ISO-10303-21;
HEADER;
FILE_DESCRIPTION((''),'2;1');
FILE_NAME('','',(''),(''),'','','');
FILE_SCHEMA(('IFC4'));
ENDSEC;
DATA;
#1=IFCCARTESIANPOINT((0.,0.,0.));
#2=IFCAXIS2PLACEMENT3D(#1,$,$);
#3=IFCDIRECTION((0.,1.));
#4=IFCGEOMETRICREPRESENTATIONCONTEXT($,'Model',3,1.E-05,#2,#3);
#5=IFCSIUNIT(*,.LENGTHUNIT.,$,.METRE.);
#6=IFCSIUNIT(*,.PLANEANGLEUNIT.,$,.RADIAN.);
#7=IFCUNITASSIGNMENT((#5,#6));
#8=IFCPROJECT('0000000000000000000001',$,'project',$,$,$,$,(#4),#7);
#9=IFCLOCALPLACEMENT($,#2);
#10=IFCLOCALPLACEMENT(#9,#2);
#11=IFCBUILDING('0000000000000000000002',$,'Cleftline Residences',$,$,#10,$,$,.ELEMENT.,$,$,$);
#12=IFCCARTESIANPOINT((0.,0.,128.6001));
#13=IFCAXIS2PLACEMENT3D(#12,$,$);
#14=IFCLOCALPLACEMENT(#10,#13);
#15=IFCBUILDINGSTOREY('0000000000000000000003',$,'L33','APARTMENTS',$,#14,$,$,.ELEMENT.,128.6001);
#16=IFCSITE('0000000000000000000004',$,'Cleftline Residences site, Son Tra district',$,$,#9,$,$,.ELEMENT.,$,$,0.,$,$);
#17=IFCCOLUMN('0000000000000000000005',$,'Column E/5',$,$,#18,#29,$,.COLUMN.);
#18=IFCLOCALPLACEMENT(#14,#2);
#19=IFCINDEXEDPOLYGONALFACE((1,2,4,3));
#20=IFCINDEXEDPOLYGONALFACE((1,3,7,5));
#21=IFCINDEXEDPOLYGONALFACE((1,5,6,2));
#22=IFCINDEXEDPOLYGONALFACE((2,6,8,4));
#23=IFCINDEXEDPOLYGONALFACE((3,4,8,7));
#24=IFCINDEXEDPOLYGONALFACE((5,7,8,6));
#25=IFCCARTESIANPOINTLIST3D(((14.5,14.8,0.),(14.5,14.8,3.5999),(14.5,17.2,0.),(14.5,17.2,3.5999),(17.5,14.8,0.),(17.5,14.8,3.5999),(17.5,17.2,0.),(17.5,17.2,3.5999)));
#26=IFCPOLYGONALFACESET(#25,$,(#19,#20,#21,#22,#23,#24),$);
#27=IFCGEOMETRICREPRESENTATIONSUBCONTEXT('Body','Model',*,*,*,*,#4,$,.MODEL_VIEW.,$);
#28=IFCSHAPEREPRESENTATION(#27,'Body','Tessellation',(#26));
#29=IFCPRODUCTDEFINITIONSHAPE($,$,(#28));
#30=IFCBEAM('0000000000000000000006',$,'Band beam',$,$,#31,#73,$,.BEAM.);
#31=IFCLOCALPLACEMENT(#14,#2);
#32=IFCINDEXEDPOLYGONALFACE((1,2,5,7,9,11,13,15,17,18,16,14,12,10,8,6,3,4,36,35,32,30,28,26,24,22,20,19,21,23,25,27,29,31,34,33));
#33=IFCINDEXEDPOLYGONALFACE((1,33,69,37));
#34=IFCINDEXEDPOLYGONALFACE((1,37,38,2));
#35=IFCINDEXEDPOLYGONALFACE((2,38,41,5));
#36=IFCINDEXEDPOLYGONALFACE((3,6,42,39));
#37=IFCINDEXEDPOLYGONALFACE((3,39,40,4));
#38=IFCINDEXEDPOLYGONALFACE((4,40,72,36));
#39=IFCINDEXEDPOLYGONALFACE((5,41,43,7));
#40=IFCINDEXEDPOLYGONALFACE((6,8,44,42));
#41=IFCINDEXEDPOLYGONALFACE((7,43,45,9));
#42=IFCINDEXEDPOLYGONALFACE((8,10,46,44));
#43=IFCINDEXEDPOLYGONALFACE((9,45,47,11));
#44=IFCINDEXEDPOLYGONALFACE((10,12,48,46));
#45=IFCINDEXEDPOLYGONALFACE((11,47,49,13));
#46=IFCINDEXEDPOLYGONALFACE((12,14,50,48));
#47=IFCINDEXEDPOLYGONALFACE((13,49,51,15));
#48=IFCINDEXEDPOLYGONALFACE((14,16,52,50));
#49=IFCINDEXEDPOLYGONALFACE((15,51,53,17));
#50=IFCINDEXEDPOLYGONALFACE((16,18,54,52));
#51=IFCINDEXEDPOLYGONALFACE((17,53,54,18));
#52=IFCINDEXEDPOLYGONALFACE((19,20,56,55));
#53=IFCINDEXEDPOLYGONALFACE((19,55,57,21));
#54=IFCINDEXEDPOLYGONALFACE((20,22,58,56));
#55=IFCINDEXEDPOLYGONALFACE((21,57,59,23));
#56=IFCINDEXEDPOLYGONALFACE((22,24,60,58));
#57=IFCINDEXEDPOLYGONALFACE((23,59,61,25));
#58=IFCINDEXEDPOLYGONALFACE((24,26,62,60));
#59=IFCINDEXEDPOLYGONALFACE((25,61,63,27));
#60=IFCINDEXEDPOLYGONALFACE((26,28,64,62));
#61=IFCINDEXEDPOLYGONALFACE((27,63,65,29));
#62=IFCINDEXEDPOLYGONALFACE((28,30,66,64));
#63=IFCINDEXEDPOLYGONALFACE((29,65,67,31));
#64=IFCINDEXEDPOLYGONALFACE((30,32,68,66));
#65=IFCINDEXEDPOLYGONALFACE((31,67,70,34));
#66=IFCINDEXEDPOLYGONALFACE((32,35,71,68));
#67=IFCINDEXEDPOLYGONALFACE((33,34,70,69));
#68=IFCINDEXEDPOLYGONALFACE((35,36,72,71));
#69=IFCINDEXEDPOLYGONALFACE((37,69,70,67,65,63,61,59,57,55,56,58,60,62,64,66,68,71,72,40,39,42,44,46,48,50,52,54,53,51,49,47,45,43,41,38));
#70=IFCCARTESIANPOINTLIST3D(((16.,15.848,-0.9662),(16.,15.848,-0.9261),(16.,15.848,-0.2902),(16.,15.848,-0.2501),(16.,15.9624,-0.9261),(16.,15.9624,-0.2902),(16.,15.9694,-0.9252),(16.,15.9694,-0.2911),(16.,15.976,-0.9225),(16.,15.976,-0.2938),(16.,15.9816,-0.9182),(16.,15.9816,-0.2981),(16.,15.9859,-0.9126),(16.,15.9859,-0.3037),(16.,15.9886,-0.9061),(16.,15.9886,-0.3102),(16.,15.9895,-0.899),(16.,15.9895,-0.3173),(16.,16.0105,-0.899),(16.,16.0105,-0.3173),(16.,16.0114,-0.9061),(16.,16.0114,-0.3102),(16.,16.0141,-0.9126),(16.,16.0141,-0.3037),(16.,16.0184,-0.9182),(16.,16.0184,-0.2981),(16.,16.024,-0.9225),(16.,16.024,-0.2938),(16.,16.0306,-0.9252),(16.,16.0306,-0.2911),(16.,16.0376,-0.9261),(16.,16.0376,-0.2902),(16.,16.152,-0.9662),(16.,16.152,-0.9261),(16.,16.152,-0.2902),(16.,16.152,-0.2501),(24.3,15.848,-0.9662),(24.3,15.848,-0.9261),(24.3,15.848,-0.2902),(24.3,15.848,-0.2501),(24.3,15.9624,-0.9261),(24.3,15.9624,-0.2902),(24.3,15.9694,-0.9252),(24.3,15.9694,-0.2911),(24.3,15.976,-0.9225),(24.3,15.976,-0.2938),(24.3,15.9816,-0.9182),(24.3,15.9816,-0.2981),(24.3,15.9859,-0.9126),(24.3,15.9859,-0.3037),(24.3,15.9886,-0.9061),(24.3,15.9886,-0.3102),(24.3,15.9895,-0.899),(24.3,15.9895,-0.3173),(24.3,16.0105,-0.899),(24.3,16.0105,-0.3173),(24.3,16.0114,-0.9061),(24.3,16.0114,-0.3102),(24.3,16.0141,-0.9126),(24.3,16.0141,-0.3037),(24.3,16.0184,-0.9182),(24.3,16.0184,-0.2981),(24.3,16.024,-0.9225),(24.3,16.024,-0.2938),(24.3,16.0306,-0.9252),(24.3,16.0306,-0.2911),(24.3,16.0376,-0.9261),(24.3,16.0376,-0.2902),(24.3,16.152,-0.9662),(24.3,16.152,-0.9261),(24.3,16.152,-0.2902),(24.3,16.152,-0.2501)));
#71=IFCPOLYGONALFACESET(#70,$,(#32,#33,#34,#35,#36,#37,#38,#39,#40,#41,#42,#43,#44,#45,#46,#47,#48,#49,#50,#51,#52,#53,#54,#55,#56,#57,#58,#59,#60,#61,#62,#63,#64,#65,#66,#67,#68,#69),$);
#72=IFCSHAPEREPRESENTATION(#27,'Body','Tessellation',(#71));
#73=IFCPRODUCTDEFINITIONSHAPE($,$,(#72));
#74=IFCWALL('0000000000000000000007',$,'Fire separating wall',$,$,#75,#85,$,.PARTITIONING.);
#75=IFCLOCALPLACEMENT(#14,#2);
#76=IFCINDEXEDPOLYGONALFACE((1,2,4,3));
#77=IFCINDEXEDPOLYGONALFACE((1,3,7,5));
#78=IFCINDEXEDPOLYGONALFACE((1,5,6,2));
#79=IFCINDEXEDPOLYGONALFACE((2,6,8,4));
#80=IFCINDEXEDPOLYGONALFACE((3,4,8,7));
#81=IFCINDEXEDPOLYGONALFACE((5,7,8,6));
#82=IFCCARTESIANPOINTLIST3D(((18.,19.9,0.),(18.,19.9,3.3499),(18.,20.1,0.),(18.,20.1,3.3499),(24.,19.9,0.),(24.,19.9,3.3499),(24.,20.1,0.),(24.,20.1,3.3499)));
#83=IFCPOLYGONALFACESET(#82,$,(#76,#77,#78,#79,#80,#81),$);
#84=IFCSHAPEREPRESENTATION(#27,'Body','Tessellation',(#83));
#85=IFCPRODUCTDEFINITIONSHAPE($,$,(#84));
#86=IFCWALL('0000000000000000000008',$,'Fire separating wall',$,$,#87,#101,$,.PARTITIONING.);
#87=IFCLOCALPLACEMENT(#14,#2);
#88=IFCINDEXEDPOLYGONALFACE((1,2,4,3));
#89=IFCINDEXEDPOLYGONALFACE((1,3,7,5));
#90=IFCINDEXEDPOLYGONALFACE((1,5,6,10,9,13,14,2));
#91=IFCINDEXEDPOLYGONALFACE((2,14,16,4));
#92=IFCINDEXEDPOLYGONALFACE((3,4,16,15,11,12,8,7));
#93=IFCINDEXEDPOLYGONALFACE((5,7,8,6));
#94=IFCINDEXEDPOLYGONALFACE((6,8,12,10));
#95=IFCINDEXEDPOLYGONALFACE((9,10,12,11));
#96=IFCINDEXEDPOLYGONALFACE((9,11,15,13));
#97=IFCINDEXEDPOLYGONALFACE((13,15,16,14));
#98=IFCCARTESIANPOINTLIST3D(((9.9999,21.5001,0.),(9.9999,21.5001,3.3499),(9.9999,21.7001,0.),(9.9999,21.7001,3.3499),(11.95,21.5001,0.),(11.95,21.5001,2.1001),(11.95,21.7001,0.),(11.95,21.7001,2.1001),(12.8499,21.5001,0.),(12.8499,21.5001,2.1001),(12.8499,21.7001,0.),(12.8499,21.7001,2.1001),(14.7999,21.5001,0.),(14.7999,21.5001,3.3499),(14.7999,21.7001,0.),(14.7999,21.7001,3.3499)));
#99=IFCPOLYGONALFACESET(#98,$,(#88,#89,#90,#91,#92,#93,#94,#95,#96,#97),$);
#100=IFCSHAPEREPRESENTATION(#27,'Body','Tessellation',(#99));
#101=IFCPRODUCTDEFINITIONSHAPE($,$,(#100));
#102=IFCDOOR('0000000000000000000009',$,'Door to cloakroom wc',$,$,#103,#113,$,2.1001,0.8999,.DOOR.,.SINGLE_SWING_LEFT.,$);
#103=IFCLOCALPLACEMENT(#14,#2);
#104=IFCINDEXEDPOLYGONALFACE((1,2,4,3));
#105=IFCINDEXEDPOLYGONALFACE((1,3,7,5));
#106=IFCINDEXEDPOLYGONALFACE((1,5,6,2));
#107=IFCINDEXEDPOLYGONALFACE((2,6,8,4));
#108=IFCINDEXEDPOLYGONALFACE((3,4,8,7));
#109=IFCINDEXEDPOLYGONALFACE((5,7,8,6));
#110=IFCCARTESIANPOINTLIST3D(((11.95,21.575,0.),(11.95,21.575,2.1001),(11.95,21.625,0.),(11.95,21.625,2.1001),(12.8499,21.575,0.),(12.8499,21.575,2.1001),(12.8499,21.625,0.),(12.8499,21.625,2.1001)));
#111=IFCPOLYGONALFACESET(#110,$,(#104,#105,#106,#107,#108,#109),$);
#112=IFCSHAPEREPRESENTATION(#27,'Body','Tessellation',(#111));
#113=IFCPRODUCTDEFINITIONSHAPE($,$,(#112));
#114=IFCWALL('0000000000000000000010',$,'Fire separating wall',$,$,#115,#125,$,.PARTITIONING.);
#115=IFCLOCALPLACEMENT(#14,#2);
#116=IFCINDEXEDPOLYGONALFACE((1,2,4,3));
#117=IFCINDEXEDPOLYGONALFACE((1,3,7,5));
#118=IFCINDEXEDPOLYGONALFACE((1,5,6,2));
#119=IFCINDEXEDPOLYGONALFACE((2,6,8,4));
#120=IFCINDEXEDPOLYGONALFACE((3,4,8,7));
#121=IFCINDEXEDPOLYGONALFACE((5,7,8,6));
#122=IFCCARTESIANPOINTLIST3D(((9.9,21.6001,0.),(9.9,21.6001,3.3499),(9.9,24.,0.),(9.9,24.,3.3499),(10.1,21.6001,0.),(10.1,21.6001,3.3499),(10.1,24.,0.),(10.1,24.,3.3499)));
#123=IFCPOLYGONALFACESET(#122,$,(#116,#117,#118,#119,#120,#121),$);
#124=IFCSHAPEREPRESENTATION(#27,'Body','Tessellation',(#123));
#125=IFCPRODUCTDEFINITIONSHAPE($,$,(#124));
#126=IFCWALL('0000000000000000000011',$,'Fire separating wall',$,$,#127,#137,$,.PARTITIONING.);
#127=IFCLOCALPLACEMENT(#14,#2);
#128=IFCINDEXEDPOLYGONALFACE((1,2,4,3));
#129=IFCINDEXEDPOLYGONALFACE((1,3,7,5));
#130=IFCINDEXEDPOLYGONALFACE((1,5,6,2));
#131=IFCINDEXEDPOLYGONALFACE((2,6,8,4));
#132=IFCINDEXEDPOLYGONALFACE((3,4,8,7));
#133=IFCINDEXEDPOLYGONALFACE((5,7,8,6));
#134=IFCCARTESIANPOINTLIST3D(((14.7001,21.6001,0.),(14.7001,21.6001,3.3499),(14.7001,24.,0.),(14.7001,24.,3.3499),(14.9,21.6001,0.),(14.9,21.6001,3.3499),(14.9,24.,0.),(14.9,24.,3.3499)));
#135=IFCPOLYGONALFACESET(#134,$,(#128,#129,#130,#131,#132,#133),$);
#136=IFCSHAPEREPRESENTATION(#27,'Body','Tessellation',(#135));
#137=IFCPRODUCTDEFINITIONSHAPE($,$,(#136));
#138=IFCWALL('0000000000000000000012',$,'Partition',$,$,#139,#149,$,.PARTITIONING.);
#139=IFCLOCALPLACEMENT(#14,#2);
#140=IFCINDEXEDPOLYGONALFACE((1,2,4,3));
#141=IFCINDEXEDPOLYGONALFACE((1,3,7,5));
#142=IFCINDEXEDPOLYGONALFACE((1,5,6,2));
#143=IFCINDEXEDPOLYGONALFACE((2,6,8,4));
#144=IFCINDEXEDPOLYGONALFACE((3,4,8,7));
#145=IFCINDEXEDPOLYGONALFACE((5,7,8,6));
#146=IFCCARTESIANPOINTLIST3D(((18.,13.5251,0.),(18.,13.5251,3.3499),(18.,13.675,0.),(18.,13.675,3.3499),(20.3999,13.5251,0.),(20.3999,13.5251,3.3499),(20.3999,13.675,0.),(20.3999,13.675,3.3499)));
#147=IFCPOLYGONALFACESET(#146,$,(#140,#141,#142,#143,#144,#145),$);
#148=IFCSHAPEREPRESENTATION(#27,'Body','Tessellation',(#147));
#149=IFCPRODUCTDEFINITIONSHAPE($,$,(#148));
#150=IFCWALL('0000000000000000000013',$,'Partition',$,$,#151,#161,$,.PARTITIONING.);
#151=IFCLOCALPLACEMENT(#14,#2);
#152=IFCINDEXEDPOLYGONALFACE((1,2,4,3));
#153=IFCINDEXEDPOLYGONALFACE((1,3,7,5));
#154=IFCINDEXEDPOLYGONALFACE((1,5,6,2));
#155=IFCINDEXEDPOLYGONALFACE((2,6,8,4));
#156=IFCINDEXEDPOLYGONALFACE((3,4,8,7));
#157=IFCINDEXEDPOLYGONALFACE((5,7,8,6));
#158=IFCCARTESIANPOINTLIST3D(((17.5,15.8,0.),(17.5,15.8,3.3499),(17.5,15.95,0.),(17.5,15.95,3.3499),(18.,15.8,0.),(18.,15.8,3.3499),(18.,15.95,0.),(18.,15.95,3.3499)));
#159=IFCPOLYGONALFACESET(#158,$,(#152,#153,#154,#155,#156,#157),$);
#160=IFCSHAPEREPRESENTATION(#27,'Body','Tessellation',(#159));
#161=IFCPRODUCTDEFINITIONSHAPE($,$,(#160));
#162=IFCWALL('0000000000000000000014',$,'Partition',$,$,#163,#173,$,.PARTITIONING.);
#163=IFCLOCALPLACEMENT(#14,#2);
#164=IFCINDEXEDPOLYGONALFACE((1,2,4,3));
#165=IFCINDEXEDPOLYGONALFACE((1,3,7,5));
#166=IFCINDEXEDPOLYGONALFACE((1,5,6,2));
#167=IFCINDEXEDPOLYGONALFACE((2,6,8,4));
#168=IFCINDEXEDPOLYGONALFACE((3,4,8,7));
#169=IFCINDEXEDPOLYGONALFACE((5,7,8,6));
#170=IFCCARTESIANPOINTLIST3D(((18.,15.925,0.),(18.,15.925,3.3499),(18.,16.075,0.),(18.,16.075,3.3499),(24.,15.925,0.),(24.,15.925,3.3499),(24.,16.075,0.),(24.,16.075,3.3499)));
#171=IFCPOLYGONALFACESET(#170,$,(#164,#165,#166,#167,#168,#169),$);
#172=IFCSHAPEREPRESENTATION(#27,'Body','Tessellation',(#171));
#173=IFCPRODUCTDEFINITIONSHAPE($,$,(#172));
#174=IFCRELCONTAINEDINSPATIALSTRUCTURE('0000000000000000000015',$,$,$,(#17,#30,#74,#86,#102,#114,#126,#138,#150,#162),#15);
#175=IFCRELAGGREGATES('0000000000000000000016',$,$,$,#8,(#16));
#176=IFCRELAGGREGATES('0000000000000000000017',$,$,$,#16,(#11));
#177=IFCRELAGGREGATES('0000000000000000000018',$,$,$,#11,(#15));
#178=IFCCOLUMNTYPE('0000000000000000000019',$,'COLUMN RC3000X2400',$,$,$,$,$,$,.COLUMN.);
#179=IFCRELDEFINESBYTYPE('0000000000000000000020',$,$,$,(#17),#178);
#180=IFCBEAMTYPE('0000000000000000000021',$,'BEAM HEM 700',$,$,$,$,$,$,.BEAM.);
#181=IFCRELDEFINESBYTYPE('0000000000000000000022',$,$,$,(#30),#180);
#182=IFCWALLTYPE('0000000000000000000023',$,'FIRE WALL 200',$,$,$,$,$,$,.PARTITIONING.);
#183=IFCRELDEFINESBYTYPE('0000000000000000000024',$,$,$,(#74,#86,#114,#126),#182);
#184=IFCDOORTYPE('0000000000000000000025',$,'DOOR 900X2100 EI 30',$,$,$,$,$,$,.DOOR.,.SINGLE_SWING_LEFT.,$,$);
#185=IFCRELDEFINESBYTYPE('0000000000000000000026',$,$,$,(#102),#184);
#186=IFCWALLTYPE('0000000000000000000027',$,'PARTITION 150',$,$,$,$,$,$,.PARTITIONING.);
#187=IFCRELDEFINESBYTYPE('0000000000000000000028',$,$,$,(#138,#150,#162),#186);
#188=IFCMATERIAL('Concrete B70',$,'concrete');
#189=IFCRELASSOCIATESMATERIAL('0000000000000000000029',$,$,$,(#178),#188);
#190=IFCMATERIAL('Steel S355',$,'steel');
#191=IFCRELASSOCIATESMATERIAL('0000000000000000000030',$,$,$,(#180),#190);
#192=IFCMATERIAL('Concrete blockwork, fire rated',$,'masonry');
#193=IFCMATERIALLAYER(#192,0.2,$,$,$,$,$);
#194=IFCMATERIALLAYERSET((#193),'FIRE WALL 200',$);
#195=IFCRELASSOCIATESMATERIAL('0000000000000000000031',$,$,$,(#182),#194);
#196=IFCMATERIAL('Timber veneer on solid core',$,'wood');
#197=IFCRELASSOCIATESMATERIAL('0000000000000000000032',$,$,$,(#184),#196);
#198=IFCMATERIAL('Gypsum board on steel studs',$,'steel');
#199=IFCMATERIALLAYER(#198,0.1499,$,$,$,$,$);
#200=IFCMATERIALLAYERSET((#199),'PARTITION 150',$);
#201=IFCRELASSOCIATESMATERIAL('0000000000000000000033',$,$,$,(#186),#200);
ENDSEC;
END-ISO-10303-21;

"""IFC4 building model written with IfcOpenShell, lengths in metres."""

from ifc_helpers import new_model, si_unit, direction, frame, frame_2d, origin, origin_2d, place, context, subcontext, project, spatial, rectangle, i_section, extrude, material, layer, layer_set, material_profile, profile_set, type_object, element, fill, save


model = new_model("IFC4")

# Units and contexts
model_context = context("Model", 3, precision=1e-05, world=origin(), true_north=direction((0.0, 1.0)))
body_context = subcontext(model_context, "Body", "Model", "MODEL_VIEW")
ifc_project = project(units=[si_unit("LENGTHUNIT", "METRE"), si_unit("PLANEANGLEUNIT", "RADIAN")], contexts=[model_context])

# Site, building, storey
site_placement = place(None, origin())
site = spatial("IfcSite", under=ifc_project, at=site_placement, Name="Cleftline Residences site, Son Tra district", CompositionType="ELEMENT", RefElevation=0.0)
building_placement = place(site_placement, origin())
building = spatial("IfcBuilding", under=site, at=building_placement, Name="Cleftline Residences", CompositionType="ELEMENT")
storey_placement = place(building_placement, frame((0.0, 0.0, 128.6001)))
storey = spatial("IfcBuildingStorey", under=building, at=storey_placement, Name="L33", Description="APARTMENTS", CompositionType="ELEMENT", Elevation=128.6001)

# Column
ifc_material_1 = material(Name="Concrete B70", Category="concrete")
ifc_material_profile_1 = material_profile(ifc_material_1, rectangle(XDim=3.0, YDim=2.3999, at=origin_2d()))
ifc_profile_set_1 = profile_set([ifc_material_profile_1], Name="Concrete B70")
column_type = type_object("IfcColumnType", Name="COLUMN RC3000X2400", PredefinedType="COLUMN", material=ifc_profile_set_1)
column_placement = place(storey_placement, frame((16.0, 16.0, 0.0), z_axis=(0.0, 0.0, 1.0), x_axis=(1.0, 0.0, 0.0)))
element("IfcColumn", 1, at=column_placement, inside=storey, type_object=column_type, Name="Column E/5", PredefinedType="COLUMN", context=body_context, shape_type="SweptSolid", body=[
    extrude(rectangle(XDim=3.0, YDim=2.3999, at=origin_2d()), origin(), (0.0, 0.0, 1.0), 3.5999),
])

# Beam
ifc_material_2 = material(Name="Steel S355", Category="steel")
ifc_material_profile_2 = material_profile(ifc_material_2, i_section(OverallWidth=0.304, OverallDepth=0.7161, WebThickness=0.021, FlangeThickness=0.04, FilletRadius=0.0271, at=origin_2d()))
ifc_profile_set_2 = profile_set([ifc_material_profile_2], Name="Steel S355")
beam_type = type_object("IfcBeamType", Name="BEAM HEM 700", PredefinedType="BEAM", material=ifc_profile_set_2)
beam_placement = place(storey_placement, frame((16.0, 16.0, -0.6082), z_axis=(1.0, 0.0, 0.0), x_axis=(0.0, 1.0, 0.0)))
element("IfcBeam", 2, at=beam_placement, inside=storey, type_object=beam_type, Name="Band beam", PredefinedType="BEAM", context=body_context, shape_type="SweptSolid", body=[
    extrude(i_section(OverallWidth=0.304, OverallDepth=0.7161, WebThickness=0.021, FlangeThickness=0.04, FilletRadius=0.0271, at=origin_2d()), origin(), (0.0, 0.0, 1.0), 8.3),
])

# Wall
ifc_material_3 = material(Name="Concrete blockwork, fire rated", Category="masonry")
ifc_layer_1 = layer(ifc_material_3, 0.2)
ifc_layer_set_1 = layer_set([ifc_layer_1], Name="FIRE WALL 200")
wall_type_1 = type_object("IfcWallType", Name="FIRE WALL 200", PredefinedType="PARTITIONING", material=ifc_layer_set_1)
wall_1_placement = place(storey_placement, frame((18.0, 20.0, 0.0), z_axis=(0.0, 0.0, 1.0), x_axis=(1.0, 0.0, 0.0)))
element("IfcWall", 3, at=wall_1_placement, inside=storey, type_object=wall_type_1, Name="Fire separating wall", PredefinedType="PARTITIONING", context=body_context, shape_type="SweptSolid", body=[
    extrude(rectangle(XDim=6.0, YDim=0.2, at=frame_2d((3.0, 0.0))), origin(), (0.0, 0.0, 1.0), 3.3499),
])

# Wall, opening, door
wall_2_placement = place(storey_placement, frame((10.0, 21.6001, 0.0), z_axis=(0.0, 0.0, 1.0), x_axis=(1.0, 0.0, 0.0)))
wall_2 = element("IfcWall", 4, at=wall_2_placement, inside=storey, type_object=wall_type_1, Name="Fire separating wall", PredefinedType="PARTITIONING", context=body_context, shape_type="SweptSolid", body=[
    extrude(rectangle(XDim=4.8, YDim=0.2, at=frame_2d((2.3999, 0.0))), origin(), (0.0, 0.0, 1.0), 3.3499),
])
opening_1_placement = place(wall_2_placement, frame((1.95, 0.0, 0.0)))
opening_1 = element("IfcOpeningElement", 5, at=opening_1_placement, cuts=wall_2, PredefinedType="OPENING", context=body_context, shape_type="SweptSolid", body=[
    extrude(rectangle(XDim=0.8999, YDim=2.1001, at=frame_2d((0.45, 1.05))), frame((0.0, 0.1099, 0.0), z_axis=(0.0, -1.0, 0.0), x_axis=(1.0, 0.0, 0.0)), (0.0, 0.0, 1.0), 0.22),
])
ifc_material_4 = material(Name="Timber veneer on solid core", Category="wood")
door_type_1 = type_object("IfcDoorType", Name="DOOR 900X2100 EI 30", OperationType="SINGLE_SWING_LEFT", PredefinedType="DOOR", material=ifc_material_4)
door_1_placement = place(opening_1_placement, origin())
door_1 = element("IfcDoor", 6, at=door_1_placement, inside=storey, type_object=door_type_1, Name="Door to cloakroom wc", OperationType="SINGLE_SWING_LEFT", OverallHeight=2.1001, OverallWidth=0.8999, PredefinedType="DOOR", context=body_context, shape_type="SweptSolid", body=[
    extrude(rectangle(XDim=0.8999, YDim=2.1001, at=frame_2d((0.45, 1.05))), frame((0.0, 0.0249, 0.0), z_axis=(0.0, -1.0, 0.0), x_axis=(1.0, 0.0, 0.0)), (0.0, 0.0, 1.0), 0.05),
])
fill(opening_1, door_1)

# Walls
for number, where, z_axis, x_axis, name in (
    (7, (10.0, 21.6001, 0.0), (0.0, 0.0, 1.0), (0.0, 1.0, 0.0), "Fire separating wall"),
    (8, (14.8, 21.6001, 0.0), (0.0, 0.0, 1.0), (0.0, 1.0, 0.0), "Fire separating wall"),
):
    element("IfcWall", number, at=place(storey_placement, frame(where, z_axis=z_axis, x_axis=x_axis)), inside=storey, type_object=wall_type_1, Name=name, PredefinedType="PARTITIONING", context=body_context, shape_type="SweptSolid", body=[
        extrude(rectangle(XDim=2.3999, YDim=0.2, at=frame_2d((1.2, 0.0))), origin(), (0.0, 0.0, 1.0), 3.3499),
    ])

# Walls
ifc_material_5 = material(Name="Gypsum board on steel studs", Category="steel")
ifc_layer_2 = layer(ifc_material_5, 0.1499)
ifc_layer_set_2 = layer_set([ifc_layer_2], Name="PARTITION 150")
wall_type_2 = type_object("IfcWallType", Name="PARTITION 150", PredefinedType="PARTITIONING", material=ifc_layer_set_2)
wall_3_placement = place(storey_placement, frame((18.0, 13.6001, 0.0), z_axis=(0.0, 0.0, 1.0), x_axis=(1.0, 0.0, 0.0)))
element("IfcWall", 9, at=wall_3_placement, inside=storey, type_object=wall_type_2, Name="Partition", PredefinedType="PARTITIONING", context=body_context, shape_type="SweptSolid", body=[
    extrude(rectangle(XDim=2.3999, YDim=0.1499, at=frame_2d((1.2, 0.0))), origin(), (0.0, 0.0, 1.0), 3.3499),
])
wall_4_placement = place(storey_placement, frame((17.5, 15.875, 0.0), z_axis=(0.0, 0.0, 1.0), x_axis=(1.0, 0.0, 0.0)))
element("IfcWall", 10, at=wall_4_placement, inside=storey, type_object=wall_type_2, Name="Partition", PredefinedType="PARTITIONING", context=body_context, shape_type="SweptSolid", body=[
    extrude(rectangle(XDim=0.5, YDim=0.1499, at=frame_2d((0.25, 0.0))), origin(), (0.0, 0.0, 1.0), 3.3499),
])
wall_5_placement = place(storey_placement, frame((18.0, 16.0, 0.0), z_axis=(0.0, 0.0, 1.0), x_axis=(1.0, 0.0, 0.0)))
element("IfcWall", 11, at=wall_5_placement, inside=storey, type_object=wall_type_2, Name="Partition", PredefinedType="PARTITIONING", context=body_context, shape_type="SweptSolid", body=[
    extrude(rectangle(XDim=6.0, YDim=0.1499, at=frame_2d((3.0, 0.0))), origin(), (0.0, 0.0, 1.0), 3.3499),
])

save(model, "model.ifc")
